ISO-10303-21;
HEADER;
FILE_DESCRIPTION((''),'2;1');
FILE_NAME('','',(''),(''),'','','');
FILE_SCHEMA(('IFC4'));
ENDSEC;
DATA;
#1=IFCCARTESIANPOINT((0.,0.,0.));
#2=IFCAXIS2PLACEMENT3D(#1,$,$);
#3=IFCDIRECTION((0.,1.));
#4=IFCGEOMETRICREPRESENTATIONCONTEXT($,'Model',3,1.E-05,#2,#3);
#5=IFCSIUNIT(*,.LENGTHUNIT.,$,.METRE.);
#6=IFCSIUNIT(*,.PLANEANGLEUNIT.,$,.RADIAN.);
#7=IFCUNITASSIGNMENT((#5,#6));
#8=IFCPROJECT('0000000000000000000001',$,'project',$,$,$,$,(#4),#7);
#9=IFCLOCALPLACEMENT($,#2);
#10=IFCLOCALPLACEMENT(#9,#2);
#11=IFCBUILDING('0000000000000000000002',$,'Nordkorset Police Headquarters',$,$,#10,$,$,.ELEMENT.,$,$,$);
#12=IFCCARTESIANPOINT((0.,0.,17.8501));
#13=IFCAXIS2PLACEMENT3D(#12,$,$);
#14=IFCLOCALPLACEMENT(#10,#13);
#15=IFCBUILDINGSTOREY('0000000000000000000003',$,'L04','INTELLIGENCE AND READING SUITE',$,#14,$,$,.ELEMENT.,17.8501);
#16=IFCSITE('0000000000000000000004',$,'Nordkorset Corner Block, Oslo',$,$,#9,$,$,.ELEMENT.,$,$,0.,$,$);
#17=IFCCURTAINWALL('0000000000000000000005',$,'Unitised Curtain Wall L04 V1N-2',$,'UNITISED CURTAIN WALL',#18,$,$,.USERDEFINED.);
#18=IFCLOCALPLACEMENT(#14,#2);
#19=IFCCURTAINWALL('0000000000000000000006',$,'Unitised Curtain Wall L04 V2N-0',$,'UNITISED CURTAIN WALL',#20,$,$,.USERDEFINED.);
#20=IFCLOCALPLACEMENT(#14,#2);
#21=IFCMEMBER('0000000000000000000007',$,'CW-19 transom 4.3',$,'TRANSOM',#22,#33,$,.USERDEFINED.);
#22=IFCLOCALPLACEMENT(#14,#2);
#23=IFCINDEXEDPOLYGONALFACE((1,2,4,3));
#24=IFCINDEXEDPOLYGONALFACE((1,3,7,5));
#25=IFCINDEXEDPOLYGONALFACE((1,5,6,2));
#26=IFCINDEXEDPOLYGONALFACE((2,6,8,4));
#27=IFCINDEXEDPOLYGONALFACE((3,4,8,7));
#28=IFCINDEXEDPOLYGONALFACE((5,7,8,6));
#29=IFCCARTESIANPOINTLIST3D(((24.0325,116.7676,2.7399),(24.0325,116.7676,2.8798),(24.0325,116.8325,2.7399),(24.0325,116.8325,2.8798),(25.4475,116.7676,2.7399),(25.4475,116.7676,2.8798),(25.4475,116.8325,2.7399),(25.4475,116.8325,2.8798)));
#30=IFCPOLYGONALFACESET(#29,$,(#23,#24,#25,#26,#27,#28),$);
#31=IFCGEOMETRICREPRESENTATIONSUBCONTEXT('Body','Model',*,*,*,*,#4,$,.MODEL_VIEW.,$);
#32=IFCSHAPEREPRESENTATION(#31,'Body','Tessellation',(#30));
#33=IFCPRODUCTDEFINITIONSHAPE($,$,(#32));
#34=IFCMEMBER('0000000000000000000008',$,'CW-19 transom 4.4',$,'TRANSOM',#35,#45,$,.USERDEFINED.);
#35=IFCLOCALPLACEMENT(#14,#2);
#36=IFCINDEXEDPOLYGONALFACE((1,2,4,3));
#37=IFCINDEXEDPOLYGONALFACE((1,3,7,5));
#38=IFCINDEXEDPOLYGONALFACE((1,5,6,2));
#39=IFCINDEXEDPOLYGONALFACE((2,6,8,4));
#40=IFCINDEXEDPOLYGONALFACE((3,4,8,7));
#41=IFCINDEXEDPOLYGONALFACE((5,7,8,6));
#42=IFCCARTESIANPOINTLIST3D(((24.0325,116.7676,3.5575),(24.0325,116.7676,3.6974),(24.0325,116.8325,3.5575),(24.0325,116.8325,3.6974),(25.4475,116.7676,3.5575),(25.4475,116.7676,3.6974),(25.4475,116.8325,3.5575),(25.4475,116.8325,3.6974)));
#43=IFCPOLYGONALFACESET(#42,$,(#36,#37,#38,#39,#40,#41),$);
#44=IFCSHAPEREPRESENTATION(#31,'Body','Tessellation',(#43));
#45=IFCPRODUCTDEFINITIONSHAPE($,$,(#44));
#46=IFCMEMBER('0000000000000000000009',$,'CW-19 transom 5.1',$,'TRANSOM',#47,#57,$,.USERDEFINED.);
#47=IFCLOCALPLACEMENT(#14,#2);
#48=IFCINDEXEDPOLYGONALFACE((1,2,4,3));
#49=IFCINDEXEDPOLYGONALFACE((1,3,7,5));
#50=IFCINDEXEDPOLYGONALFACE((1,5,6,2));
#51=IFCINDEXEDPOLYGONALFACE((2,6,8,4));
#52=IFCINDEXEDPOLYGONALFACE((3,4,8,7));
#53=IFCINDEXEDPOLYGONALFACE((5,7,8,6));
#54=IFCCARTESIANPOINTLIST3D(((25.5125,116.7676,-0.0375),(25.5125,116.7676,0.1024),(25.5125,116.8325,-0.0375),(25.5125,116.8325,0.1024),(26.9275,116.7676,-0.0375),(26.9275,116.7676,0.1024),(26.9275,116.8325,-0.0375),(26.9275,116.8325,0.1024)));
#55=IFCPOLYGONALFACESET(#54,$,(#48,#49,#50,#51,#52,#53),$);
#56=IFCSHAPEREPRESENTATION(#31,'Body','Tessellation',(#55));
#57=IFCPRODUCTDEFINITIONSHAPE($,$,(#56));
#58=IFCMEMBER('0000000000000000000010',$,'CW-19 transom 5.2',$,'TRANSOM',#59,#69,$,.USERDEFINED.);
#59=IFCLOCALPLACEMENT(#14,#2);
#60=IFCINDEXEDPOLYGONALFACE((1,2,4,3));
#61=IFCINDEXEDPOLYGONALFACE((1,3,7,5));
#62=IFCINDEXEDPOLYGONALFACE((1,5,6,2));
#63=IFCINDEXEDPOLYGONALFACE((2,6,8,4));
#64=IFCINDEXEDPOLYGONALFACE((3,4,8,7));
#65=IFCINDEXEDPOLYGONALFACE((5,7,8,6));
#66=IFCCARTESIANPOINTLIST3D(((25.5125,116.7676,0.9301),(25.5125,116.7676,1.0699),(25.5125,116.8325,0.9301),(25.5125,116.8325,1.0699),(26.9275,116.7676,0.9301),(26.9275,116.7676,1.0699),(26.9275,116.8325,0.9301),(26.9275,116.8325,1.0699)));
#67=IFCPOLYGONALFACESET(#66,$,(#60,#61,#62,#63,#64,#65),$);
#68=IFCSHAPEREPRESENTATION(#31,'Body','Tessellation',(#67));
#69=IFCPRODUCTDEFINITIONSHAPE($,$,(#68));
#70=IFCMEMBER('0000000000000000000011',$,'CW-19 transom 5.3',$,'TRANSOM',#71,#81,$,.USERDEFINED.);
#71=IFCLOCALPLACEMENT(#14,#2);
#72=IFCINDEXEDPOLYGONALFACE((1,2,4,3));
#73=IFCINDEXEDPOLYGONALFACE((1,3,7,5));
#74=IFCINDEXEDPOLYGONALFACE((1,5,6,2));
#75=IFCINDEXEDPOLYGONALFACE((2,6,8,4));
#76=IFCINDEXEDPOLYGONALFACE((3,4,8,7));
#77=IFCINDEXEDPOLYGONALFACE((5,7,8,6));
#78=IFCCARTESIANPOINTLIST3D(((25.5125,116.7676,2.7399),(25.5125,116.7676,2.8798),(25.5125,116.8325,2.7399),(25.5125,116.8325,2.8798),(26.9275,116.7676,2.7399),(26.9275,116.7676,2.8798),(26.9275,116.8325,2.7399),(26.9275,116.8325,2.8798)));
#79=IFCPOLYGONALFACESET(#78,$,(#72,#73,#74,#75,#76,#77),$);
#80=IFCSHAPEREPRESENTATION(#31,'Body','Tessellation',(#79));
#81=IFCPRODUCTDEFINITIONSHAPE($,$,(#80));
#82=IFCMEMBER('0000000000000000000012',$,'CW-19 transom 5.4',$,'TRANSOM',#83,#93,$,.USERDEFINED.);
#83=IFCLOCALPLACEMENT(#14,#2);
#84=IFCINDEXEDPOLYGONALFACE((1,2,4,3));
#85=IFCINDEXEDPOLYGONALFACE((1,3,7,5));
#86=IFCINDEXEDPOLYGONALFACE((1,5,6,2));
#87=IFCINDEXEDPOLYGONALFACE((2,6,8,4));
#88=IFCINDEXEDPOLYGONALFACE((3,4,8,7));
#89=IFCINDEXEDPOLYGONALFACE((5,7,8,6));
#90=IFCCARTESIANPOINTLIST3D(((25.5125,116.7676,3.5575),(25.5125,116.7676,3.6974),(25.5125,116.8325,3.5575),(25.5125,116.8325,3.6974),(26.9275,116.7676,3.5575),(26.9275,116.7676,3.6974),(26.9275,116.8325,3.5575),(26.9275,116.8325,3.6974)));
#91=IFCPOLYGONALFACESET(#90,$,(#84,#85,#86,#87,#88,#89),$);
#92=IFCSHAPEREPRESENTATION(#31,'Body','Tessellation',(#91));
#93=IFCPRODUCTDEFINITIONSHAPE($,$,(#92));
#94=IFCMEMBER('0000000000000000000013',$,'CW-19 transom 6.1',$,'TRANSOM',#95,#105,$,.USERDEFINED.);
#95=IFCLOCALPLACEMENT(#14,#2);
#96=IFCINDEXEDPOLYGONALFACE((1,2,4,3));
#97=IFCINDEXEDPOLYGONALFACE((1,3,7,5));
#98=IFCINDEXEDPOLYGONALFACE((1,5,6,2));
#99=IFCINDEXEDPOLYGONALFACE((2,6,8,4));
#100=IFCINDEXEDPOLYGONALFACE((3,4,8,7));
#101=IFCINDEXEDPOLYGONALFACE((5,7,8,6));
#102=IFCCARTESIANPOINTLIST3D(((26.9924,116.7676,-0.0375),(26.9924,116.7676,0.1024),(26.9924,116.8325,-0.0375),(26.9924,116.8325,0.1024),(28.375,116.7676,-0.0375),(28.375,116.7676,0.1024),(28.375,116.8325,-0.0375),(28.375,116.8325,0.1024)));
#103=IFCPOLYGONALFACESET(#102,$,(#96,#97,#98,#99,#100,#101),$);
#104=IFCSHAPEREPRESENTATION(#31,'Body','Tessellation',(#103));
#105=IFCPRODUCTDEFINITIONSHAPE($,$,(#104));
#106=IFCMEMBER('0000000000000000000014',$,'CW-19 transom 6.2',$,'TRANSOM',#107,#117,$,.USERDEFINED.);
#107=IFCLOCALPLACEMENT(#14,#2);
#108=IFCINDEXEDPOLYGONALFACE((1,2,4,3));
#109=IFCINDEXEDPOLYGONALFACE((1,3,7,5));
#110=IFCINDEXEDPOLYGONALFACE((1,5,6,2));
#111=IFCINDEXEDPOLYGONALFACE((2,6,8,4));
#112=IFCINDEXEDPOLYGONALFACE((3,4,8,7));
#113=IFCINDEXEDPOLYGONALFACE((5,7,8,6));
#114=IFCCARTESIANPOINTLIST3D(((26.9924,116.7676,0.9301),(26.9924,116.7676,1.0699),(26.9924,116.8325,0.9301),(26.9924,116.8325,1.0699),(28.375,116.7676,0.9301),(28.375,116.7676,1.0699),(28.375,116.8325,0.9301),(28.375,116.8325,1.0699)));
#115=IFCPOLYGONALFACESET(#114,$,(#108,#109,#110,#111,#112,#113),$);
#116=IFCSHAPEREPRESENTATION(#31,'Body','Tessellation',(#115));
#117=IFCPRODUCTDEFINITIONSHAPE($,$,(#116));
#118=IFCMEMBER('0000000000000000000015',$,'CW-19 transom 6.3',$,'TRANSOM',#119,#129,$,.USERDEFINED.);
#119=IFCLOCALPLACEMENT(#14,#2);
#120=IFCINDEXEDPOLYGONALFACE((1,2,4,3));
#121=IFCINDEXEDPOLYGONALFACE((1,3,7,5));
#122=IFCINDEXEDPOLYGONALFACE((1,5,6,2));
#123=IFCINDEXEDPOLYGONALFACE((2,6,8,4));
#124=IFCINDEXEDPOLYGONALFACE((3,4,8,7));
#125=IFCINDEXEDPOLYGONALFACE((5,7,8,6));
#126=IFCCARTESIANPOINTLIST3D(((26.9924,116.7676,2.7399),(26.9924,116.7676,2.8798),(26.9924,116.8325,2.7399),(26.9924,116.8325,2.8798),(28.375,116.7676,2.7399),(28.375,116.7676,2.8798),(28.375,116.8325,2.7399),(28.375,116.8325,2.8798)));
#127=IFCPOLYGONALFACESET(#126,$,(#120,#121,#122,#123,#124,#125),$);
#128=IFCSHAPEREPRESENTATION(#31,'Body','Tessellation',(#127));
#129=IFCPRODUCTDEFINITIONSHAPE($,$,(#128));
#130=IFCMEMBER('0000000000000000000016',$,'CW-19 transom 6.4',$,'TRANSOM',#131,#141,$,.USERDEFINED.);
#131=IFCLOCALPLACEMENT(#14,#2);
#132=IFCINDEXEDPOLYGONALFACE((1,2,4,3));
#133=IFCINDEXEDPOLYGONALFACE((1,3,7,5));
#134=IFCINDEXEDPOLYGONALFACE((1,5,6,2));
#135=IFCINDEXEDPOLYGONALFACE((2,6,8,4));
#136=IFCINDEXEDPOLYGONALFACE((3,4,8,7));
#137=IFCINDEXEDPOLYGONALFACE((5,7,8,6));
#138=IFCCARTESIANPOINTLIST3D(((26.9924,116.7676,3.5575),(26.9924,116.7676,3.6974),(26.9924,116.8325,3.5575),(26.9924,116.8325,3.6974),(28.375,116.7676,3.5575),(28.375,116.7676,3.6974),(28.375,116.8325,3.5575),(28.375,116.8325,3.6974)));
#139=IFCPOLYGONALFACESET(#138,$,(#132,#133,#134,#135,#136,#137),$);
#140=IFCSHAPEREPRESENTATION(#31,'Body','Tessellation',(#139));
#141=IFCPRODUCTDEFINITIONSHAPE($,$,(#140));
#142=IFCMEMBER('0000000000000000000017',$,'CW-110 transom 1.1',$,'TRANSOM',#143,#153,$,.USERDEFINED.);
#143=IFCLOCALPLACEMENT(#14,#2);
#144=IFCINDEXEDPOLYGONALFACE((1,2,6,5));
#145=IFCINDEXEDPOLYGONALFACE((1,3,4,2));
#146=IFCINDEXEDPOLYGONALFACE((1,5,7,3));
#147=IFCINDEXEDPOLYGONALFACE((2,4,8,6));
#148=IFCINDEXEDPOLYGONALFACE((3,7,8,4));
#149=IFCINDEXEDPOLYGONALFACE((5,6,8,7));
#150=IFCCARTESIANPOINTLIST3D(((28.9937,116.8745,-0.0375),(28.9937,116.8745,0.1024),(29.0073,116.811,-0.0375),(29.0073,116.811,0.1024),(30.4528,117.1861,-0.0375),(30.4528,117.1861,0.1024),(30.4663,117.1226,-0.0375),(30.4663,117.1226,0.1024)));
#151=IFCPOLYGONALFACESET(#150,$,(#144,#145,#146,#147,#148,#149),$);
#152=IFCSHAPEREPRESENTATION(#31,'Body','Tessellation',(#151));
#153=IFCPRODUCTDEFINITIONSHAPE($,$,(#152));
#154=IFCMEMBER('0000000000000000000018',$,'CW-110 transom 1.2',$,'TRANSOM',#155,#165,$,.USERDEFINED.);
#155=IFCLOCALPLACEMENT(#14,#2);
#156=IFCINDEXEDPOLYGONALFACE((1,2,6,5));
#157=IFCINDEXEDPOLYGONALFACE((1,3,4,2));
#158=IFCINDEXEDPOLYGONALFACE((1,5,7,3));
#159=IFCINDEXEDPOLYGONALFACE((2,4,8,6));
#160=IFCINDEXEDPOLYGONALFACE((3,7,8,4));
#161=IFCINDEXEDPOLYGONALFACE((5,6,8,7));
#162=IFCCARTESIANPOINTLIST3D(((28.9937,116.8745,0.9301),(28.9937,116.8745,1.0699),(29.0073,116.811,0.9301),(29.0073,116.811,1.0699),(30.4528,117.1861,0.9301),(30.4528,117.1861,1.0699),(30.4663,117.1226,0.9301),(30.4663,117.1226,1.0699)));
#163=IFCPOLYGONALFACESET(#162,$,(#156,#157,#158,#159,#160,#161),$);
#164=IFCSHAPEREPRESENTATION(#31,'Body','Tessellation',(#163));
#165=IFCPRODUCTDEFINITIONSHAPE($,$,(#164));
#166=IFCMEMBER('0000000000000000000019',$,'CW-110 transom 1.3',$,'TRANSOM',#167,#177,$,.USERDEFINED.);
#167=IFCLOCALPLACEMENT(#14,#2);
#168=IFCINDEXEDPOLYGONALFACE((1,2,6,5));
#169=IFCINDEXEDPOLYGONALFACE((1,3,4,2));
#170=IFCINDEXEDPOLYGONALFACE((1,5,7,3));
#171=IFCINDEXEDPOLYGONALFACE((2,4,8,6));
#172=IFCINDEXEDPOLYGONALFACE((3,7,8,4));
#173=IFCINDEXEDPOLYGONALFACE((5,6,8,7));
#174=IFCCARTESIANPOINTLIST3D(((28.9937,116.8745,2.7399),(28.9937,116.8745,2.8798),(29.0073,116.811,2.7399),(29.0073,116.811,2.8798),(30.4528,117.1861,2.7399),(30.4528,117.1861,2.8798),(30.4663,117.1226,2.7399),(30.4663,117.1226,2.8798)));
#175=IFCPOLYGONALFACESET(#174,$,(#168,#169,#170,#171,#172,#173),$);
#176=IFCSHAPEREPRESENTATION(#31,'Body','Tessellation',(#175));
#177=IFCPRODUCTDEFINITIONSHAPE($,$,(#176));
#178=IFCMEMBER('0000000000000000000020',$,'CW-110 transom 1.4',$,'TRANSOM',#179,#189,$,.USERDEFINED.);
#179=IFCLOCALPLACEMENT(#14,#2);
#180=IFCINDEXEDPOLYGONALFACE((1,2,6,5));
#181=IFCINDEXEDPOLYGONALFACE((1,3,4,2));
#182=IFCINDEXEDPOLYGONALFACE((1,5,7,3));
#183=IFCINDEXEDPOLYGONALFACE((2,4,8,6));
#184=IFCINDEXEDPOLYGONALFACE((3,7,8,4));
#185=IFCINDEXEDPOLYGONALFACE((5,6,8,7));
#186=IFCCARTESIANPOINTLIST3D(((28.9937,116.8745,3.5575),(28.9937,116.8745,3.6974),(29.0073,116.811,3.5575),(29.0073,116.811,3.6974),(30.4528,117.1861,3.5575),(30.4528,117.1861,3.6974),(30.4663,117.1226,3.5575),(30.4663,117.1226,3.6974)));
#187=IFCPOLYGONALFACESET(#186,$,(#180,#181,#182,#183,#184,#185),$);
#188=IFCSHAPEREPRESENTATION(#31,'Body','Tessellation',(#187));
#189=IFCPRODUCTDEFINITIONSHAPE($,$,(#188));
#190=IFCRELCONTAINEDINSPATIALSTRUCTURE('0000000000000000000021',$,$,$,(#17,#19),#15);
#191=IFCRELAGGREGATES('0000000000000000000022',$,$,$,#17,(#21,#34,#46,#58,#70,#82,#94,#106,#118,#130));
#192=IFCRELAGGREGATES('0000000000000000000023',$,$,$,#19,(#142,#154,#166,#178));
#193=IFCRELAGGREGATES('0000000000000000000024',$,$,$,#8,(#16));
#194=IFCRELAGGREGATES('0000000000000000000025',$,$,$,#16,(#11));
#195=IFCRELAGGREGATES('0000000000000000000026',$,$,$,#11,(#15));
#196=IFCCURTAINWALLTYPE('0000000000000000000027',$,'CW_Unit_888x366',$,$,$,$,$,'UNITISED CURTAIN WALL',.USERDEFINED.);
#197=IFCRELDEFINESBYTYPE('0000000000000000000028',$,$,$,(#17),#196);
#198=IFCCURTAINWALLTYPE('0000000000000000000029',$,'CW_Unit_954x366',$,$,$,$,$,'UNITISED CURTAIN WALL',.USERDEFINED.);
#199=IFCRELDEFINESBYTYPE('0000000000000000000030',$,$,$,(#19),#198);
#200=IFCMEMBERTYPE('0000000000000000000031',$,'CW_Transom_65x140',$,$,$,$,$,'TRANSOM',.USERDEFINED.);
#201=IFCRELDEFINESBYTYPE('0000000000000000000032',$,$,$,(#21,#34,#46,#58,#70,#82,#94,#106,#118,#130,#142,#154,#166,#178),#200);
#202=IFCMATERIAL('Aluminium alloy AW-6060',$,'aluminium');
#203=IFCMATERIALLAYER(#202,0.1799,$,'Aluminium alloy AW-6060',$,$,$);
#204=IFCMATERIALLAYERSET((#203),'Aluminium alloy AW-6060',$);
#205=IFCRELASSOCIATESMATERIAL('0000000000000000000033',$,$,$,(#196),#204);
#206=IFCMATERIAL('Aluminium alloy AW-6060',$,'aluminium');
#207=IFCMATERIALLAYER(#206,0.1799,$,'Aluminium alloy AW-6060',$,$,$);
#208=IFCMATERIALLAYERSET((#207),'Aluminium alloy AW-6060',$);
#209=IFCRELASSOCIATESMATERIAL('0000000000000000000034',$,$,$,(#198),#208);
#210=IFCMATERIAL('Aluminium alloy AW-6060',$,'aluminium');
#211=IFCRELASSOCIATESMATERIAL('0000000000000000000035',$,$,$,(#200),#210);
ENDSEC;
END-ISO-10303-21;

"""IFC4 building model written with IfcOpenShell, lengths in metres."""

from ifc_helpers import new_model, si_unit, direction, frame, origin, origin_2d, place, context, subcontext, project, spatial, rectangle, extrude, material, layer, layer_set, material_profile, profile_set, type_object, element, aggregate, save


model = new_model("IFC4")

# Units and contexts
model_context = context("Model", 3, precision=1e-05, world=origin(), true_north=direction((0.0, 1.0)))
body_context = subcontext(model_context, "Body", "Model", "MODEL_VIEW")
ifc_project = project(units=[si_unit("LENGTHUNIT", "METRE"), si_unit("PLANEANGLEUNIT", "RADIAN")], contexts=[model_context])

# Site, building, storey
site_placement = place(None, origin())
site = spatial("IfcSite", under=ifc_project, at=site_placement, Name="Nordkorset Corner Block, Oslo", CompositionType="ELEMENT", RefElevation=0.0)
building_placement = place(site_placement, origin())
building = spatial("IfcBuilding", under=site, at=building_placement, Name="Nordkorset Police Headquarters", CompositionType="ELEMENT")
storey_placement = place(building_placement, frame((0.0, 0.0, 17.8501)))
storey = spatial("IfcBuildingStorey", under=building, at=storey_placement, Name="L04", Description="INTELLIGENCE AND READING SUITE", CompositionType="ELEMENT", Elevation=17.8501)

# Curtain wall
ifc_material_1 = material(Name="Aluminium alloy AW-6060", Category="aluminium")
ifc_layer_1 = layer(ifc_material_1, 0.1799, Name="Aluminium alloy AW-6060")
ifc_layer_set_1 = layer_set([ifc_layer_1], Name="Aluminium alloy AW-6060")
curtain_wall_type_1 = type_object("IfcCurtainWallType", Name="CW_Unit_888x366", ElementType="UNITISED CURTAIN WALL", PredefinedType="USERDEFINED", material=ifc_layer_set_1)
curtain_wall_1_placement = place(storey_placement, origin())
curtain_wall_1 = element("IfcCurtainWall", 1, at=curtain_wall_1_placement, inside=storey, type_object=curtain_wall_type_1, Name="Unitised Curtain Wall L04 V1N-2", ObjectType="UNITISED CURTAIN WALL", PredefinedType="USERDEFINED")

# Curtain wall
ifc_material_2 = material(Name="Aluminium alloy AW-6060", Category="aluminium")
ifc_layer_2 = layer(ifc_material_2, 0.1799, Name="Aluminium alloy AW-6060")
ifc_layer_set_2 = layer_set([ifc_layer_2], Name="Aluminium alloy AW-6060")
curtain_wall_type_2 = type_object("IfcCurtainWallType", Name="CW_Unit_954x366", ElementType="UNITISED CURTAIN WALL", PredefinedType="USERDEFINED", material=ifc_layer_set_2)
curtain_wall_2_placement = place(storey_placement, origin())
curtain_wall_2 = element("IfcCurtainWall", 2, at=curtain_wall_2_placement, inside=storey, type_object=curtain_wall_type_2, Name="Unitised Curtain Wall L04 V2N-0", ObjectType="UNITISED CURTAIN WALL", PredefinedType="USERDEFINED")

# Members
ifc_material_3 = material(Name="Aluminium alloy AW-6060", Category="aluminium")
ifc_material_profile_1 = material_profile(ifc_material_3, rectangle(XDim=0.0649, YDim=0.1399, at=origin_2d()), Name="ALU TRAN 65x140")
ifc_profile_set_1 = profile_set([ifc_material_profile_1], Name="Aluminium alloy AW-6060")
member_type_1 = type_object("IfcMemberType", Name="CW_Transom_65x140", ElementType="TRANSOM", PredefinedType="USERDEFINED", material=ifc_profile_set_1)
member_1_placement = place(storey_placement, frame((24.0325, 116.8, 2.8098), z_axis=(1.0, 0.0, 0.0), x_axis=(0.0, 1.0, 0.0)))
member_1 = element("IfcMember", 3, at=member_1_placement, type_object=member_type_1, Name="CW-19 transom 4.3", ObjectType="TRANSOM", PredefinedType="USERDEFINED", context=body_context, shape_type="SweptSolid", body=[
    extrude(rectangle(XDim=0.0649, YDim=0.1399, at=origin_2d()), origin(), (0.0, 0.0, 1.0), 1.415),
])
member_2_placement = place(storey_placement, frame((24.0325, 116.8, 3.6274), z_axis=(1.0, 0.0, 0.0), x_axis=(0.0, 1.0, 0.0)))
member_2 = element("IfcMember", 4, at=member_2_placement, type_object=member_type_1, Name="CW-19 transom 4.4", ObjectType="TRANSOM", PredefinedType="USERDEFINED", context=body_context, shape_type="SweptSolid", body=[
    extrude(rectangle(XDim=0.0649, YDim=0.1399, at=origin_2d()), origin(), (0.0, 0.0, 1.0), 1.415),
])
member_3_placement = place(storey_placement, frame((25.5125, 116.8, 0.0325), z_axis=(1.0, 0.0, 0.0), x_axis=(0.0, 1.0, 0.0)))
member_3 = element("IfcMember", 5, at=member_3_placement, type_object=member_type_1, Name="CW-19 transom 5.1", ObjectType="TRANSOM", PredefinedType="USERDEFINED", context=body_context, shape_type="SweptSolid", body=[
    extrude(rectangle(XDim=0.0649, YDim=0.1399, at=origin_2d()), origin(), (0.0, 0.0, 1.0), 1.415),
])
member_4_placement = place(storey_placement, frame((25.5125, 116.8, 1.0), z_axis=(1.0, 0.0, 0.0), x_axis=(0.0, 1.0, 0.0)))
member_4 = element("IfcMember", 6, at=member_4_placement, type_object=member_type_1, Name="CW-19 transom 5.2", ObjectType="TRANSOM", PredefinedType="USERDEFINED", context=body_context, shape_type="SweptSolid", body=[
    extrude(rectangle(XDim=0.0649, YDim=0.1399, at=origin_2d()), origin(), (0.0, 0.0, 1.0), 1.415),
])
member_5_placement = place(storey_placement, frame((25.5125, 116.8, 2.8098), z_axis=(1.0, 0.0, 0.0), x_axis=(0.0, 1.0, 0.0)))
member_5 = element("IfcMember", 7, at=member_5_placement, type_object=member_type_1, Name="CW-19 transom 5.3", ObjectType="TRANSOM", PredefinedType="USERDEFINED", context=body_context, shape_type="SweptSolid", body=[
    extrude(rectangle(XDim=0.0649, YDim=0.1399, at=origin_2d()), origin(), (0.0, 0.0, 1.0), 1.415),
])
member_6_placement = place(storey_placement, frame((25.5125, 116.8, 3.6274), z_axis=(1.0, 0.0, 0.0), x_axis=(0.0, 1.0, 0.0)))
member_6 = element("IfcMember", 8, at=member_6_placement, type_object=member_type_1, Name="CW-19 transom 5.4", ObjectType="TRANSOM", PredefinedType="USERDEFINED", context=body_context, shape_type="SweptSolid", body=[
    extrude(rectangle(XDim=0.0649, YDim=0.1399, at=origin_2d()), origin(), (0.0, 0.0, 1.0), 1.415),
])
member_7_placement = place(storey_placement, frame((26.9924, 116.8, 0.0325), z_axis=(1.0, 0.0, 0.0), x_axis=(0.0, 1.0, 0.0)))
member_7 = element("IfcMember", 9, at=member_7_placement, type_object=member_type_1, Name="CW-19 transom 6.1", ObjectType="TRANSOM", PredefinedType="USERDEFINED", context=body_context, shape_type="SweptSolid", body=[
    extrude(rectangle(XDim=0.0649, YDim=0.1399, at=origin_2d()), origin(), (0.0, 0.0, 1.0), 1.3826),
])
member_8_placement = place(storey_placement, frame((26.9924, 116.8, 1.0), z_axis=(1.0, 0.0, 0.0), x_axis=(0.0, 1.0, 0.0)))
member_8 = element("IfcMember", 10, at=member_8_placement, type_object=member_type_1, Name="CW-19 transom 6.2", ObjectType="TRANSOM", PredefinedType="USERDEFINED", context=body_context, shape_type="SweptSolid", body=[
    extrude(rectangle(XDim=0.0649, YDim=0.1399, at=origin_2d()), origin(), (0.0, 0.0, 1.0), 1.3826),
])
member_9_placement = place(storey_placement, frame((26.9924, 116.8, 2.8098), z_axis=(1.0, 0.0, 0.0), x_axis=(0.0, 1.0, 0.0)))
member_9 = element("IfcMember", 11, at=member_9_placement, type_object=member_type_1, Name="CW-19 transom 6.3", ObjectType="TRANSOM", PredefinedType="USERDEFINED", context=body_context, shape_type="SweptSolid", body=[
    extrude(rectangle(XDim=0.0649, YDim=0.1399, at=origin_2d()), origin(), (0.0, 0.0, 1.0), 1.3826),
])
member_10_placement = place(storey_placement, frame((26.9924, 116.8, 3.6274), z_axis=(1.0, 0.0, 0.0), x_axis=(0.0, 1.0, 0.0)))
member_10 = element("IfcMember", 12, at=member_10_placement, type_object=member_type_1, Name="CW-19 transom 6.4", ObjectType="TRANSOM", PredefinedType="USERDEFINED", context=body_context, shape_type="SweptSolid", body=[
    extrude(rectangle(XDim=0.0649, YDim=0.1399, at=origin_2d()), origin(), (0.0, 0.0, 1.0), 1.3826),
])
member_11_placement = place(storey_placement, frame((29.0005, 116.8428, 0.0325), z_axis=(0.977955, 0.208814, 0.0), x_axis=(-0.208814, 0.977955, 0.0)))
member_11 = element("IfcMember", 13, at=member_11_placement, type_object=member_type_1, Name="CW-110 transom 1.1", ObjectType="TRANSOM", PredefinedType="USERDEFINED", context=body_context, shape_type="SweptSolid", body=[
    extrude(rectangle(XDim=0.0649, YDim=0.1399, at=origin_2d()), origin(), (0.0, 0.0, 1.0), 1.4919),
])
member_12_placement = place(storey_placement, frame((29.0005, 116.8428, 1.0), z_axis=(0.977955, 0.208814, 0.0), x_axis=(-0.208814, 0.977955, 0.0)))
member_12 = element("IfcMember", 14, at=member_12_placement, type_object=member_type_1, Name="CW-110 transom 1.2", ObjectType="TRANSOM", PredefinedType="USERDEFINED", context=body_context, shape_type="SweptSolid", body=[
    extrude(rectangle(XDim=0.0649, YDim=0.1399, at=origin_2d()), origin(), (0.0, 0.0, 1.0), 1.4919),
])
member_13_placement = place(storey_placement, frame((29.0005, 116.8428, 2.8098), z_axis=(0.977955, 0.208814, 0.0), x_axis=(-0.208814, 0.977955, 0.0)))
member_13 = element("IfcMember", 15, at=member_13_placement, type_object=member_type_1, Name="CW-110 transom 1.3", ObjectType="TRANSOM", PredefinedType="USERDEFINED", context=body_context, shape_type="SweptSolid", body=[
    extrude(rectangle(XDim=0.0649, YDim=0.1399, at=origin_2d()), origin(), (0.0, 0.0, 1.0), 1.4919),
])
member_14_placement = place(storey_placement, frame((29.0005, 116.8428, 3.6274), z_axis=(0.977955, 0.208814, 0.0), x_axis=(-0.208814, 0.977955, 0.0)))
member_14 = element("IfcMember", 16, at=member_14_placement, type_object=member_type_1, Name="CW-110 transom 1.4", ObjectType="TRANSOM", PredefinedType="USERDEFINED", context=body_context, shape_type="SweptSolid", body=[
    extrude(rectangle(XDim=0.0649, YDim=0.1399, at=origin_2d()), origin(), (0.0, 0.0, 1.0), 1.4919),
])

aggregate(curtain_wall_1, [member_1, member_2, member_3, member_4, member_5, member_6, member_7, member_8, member_9, member_10])
aggregate(curtain_wall_2, [member_11, member_12, member_13, member_14])

save(model, "model.ifc")
